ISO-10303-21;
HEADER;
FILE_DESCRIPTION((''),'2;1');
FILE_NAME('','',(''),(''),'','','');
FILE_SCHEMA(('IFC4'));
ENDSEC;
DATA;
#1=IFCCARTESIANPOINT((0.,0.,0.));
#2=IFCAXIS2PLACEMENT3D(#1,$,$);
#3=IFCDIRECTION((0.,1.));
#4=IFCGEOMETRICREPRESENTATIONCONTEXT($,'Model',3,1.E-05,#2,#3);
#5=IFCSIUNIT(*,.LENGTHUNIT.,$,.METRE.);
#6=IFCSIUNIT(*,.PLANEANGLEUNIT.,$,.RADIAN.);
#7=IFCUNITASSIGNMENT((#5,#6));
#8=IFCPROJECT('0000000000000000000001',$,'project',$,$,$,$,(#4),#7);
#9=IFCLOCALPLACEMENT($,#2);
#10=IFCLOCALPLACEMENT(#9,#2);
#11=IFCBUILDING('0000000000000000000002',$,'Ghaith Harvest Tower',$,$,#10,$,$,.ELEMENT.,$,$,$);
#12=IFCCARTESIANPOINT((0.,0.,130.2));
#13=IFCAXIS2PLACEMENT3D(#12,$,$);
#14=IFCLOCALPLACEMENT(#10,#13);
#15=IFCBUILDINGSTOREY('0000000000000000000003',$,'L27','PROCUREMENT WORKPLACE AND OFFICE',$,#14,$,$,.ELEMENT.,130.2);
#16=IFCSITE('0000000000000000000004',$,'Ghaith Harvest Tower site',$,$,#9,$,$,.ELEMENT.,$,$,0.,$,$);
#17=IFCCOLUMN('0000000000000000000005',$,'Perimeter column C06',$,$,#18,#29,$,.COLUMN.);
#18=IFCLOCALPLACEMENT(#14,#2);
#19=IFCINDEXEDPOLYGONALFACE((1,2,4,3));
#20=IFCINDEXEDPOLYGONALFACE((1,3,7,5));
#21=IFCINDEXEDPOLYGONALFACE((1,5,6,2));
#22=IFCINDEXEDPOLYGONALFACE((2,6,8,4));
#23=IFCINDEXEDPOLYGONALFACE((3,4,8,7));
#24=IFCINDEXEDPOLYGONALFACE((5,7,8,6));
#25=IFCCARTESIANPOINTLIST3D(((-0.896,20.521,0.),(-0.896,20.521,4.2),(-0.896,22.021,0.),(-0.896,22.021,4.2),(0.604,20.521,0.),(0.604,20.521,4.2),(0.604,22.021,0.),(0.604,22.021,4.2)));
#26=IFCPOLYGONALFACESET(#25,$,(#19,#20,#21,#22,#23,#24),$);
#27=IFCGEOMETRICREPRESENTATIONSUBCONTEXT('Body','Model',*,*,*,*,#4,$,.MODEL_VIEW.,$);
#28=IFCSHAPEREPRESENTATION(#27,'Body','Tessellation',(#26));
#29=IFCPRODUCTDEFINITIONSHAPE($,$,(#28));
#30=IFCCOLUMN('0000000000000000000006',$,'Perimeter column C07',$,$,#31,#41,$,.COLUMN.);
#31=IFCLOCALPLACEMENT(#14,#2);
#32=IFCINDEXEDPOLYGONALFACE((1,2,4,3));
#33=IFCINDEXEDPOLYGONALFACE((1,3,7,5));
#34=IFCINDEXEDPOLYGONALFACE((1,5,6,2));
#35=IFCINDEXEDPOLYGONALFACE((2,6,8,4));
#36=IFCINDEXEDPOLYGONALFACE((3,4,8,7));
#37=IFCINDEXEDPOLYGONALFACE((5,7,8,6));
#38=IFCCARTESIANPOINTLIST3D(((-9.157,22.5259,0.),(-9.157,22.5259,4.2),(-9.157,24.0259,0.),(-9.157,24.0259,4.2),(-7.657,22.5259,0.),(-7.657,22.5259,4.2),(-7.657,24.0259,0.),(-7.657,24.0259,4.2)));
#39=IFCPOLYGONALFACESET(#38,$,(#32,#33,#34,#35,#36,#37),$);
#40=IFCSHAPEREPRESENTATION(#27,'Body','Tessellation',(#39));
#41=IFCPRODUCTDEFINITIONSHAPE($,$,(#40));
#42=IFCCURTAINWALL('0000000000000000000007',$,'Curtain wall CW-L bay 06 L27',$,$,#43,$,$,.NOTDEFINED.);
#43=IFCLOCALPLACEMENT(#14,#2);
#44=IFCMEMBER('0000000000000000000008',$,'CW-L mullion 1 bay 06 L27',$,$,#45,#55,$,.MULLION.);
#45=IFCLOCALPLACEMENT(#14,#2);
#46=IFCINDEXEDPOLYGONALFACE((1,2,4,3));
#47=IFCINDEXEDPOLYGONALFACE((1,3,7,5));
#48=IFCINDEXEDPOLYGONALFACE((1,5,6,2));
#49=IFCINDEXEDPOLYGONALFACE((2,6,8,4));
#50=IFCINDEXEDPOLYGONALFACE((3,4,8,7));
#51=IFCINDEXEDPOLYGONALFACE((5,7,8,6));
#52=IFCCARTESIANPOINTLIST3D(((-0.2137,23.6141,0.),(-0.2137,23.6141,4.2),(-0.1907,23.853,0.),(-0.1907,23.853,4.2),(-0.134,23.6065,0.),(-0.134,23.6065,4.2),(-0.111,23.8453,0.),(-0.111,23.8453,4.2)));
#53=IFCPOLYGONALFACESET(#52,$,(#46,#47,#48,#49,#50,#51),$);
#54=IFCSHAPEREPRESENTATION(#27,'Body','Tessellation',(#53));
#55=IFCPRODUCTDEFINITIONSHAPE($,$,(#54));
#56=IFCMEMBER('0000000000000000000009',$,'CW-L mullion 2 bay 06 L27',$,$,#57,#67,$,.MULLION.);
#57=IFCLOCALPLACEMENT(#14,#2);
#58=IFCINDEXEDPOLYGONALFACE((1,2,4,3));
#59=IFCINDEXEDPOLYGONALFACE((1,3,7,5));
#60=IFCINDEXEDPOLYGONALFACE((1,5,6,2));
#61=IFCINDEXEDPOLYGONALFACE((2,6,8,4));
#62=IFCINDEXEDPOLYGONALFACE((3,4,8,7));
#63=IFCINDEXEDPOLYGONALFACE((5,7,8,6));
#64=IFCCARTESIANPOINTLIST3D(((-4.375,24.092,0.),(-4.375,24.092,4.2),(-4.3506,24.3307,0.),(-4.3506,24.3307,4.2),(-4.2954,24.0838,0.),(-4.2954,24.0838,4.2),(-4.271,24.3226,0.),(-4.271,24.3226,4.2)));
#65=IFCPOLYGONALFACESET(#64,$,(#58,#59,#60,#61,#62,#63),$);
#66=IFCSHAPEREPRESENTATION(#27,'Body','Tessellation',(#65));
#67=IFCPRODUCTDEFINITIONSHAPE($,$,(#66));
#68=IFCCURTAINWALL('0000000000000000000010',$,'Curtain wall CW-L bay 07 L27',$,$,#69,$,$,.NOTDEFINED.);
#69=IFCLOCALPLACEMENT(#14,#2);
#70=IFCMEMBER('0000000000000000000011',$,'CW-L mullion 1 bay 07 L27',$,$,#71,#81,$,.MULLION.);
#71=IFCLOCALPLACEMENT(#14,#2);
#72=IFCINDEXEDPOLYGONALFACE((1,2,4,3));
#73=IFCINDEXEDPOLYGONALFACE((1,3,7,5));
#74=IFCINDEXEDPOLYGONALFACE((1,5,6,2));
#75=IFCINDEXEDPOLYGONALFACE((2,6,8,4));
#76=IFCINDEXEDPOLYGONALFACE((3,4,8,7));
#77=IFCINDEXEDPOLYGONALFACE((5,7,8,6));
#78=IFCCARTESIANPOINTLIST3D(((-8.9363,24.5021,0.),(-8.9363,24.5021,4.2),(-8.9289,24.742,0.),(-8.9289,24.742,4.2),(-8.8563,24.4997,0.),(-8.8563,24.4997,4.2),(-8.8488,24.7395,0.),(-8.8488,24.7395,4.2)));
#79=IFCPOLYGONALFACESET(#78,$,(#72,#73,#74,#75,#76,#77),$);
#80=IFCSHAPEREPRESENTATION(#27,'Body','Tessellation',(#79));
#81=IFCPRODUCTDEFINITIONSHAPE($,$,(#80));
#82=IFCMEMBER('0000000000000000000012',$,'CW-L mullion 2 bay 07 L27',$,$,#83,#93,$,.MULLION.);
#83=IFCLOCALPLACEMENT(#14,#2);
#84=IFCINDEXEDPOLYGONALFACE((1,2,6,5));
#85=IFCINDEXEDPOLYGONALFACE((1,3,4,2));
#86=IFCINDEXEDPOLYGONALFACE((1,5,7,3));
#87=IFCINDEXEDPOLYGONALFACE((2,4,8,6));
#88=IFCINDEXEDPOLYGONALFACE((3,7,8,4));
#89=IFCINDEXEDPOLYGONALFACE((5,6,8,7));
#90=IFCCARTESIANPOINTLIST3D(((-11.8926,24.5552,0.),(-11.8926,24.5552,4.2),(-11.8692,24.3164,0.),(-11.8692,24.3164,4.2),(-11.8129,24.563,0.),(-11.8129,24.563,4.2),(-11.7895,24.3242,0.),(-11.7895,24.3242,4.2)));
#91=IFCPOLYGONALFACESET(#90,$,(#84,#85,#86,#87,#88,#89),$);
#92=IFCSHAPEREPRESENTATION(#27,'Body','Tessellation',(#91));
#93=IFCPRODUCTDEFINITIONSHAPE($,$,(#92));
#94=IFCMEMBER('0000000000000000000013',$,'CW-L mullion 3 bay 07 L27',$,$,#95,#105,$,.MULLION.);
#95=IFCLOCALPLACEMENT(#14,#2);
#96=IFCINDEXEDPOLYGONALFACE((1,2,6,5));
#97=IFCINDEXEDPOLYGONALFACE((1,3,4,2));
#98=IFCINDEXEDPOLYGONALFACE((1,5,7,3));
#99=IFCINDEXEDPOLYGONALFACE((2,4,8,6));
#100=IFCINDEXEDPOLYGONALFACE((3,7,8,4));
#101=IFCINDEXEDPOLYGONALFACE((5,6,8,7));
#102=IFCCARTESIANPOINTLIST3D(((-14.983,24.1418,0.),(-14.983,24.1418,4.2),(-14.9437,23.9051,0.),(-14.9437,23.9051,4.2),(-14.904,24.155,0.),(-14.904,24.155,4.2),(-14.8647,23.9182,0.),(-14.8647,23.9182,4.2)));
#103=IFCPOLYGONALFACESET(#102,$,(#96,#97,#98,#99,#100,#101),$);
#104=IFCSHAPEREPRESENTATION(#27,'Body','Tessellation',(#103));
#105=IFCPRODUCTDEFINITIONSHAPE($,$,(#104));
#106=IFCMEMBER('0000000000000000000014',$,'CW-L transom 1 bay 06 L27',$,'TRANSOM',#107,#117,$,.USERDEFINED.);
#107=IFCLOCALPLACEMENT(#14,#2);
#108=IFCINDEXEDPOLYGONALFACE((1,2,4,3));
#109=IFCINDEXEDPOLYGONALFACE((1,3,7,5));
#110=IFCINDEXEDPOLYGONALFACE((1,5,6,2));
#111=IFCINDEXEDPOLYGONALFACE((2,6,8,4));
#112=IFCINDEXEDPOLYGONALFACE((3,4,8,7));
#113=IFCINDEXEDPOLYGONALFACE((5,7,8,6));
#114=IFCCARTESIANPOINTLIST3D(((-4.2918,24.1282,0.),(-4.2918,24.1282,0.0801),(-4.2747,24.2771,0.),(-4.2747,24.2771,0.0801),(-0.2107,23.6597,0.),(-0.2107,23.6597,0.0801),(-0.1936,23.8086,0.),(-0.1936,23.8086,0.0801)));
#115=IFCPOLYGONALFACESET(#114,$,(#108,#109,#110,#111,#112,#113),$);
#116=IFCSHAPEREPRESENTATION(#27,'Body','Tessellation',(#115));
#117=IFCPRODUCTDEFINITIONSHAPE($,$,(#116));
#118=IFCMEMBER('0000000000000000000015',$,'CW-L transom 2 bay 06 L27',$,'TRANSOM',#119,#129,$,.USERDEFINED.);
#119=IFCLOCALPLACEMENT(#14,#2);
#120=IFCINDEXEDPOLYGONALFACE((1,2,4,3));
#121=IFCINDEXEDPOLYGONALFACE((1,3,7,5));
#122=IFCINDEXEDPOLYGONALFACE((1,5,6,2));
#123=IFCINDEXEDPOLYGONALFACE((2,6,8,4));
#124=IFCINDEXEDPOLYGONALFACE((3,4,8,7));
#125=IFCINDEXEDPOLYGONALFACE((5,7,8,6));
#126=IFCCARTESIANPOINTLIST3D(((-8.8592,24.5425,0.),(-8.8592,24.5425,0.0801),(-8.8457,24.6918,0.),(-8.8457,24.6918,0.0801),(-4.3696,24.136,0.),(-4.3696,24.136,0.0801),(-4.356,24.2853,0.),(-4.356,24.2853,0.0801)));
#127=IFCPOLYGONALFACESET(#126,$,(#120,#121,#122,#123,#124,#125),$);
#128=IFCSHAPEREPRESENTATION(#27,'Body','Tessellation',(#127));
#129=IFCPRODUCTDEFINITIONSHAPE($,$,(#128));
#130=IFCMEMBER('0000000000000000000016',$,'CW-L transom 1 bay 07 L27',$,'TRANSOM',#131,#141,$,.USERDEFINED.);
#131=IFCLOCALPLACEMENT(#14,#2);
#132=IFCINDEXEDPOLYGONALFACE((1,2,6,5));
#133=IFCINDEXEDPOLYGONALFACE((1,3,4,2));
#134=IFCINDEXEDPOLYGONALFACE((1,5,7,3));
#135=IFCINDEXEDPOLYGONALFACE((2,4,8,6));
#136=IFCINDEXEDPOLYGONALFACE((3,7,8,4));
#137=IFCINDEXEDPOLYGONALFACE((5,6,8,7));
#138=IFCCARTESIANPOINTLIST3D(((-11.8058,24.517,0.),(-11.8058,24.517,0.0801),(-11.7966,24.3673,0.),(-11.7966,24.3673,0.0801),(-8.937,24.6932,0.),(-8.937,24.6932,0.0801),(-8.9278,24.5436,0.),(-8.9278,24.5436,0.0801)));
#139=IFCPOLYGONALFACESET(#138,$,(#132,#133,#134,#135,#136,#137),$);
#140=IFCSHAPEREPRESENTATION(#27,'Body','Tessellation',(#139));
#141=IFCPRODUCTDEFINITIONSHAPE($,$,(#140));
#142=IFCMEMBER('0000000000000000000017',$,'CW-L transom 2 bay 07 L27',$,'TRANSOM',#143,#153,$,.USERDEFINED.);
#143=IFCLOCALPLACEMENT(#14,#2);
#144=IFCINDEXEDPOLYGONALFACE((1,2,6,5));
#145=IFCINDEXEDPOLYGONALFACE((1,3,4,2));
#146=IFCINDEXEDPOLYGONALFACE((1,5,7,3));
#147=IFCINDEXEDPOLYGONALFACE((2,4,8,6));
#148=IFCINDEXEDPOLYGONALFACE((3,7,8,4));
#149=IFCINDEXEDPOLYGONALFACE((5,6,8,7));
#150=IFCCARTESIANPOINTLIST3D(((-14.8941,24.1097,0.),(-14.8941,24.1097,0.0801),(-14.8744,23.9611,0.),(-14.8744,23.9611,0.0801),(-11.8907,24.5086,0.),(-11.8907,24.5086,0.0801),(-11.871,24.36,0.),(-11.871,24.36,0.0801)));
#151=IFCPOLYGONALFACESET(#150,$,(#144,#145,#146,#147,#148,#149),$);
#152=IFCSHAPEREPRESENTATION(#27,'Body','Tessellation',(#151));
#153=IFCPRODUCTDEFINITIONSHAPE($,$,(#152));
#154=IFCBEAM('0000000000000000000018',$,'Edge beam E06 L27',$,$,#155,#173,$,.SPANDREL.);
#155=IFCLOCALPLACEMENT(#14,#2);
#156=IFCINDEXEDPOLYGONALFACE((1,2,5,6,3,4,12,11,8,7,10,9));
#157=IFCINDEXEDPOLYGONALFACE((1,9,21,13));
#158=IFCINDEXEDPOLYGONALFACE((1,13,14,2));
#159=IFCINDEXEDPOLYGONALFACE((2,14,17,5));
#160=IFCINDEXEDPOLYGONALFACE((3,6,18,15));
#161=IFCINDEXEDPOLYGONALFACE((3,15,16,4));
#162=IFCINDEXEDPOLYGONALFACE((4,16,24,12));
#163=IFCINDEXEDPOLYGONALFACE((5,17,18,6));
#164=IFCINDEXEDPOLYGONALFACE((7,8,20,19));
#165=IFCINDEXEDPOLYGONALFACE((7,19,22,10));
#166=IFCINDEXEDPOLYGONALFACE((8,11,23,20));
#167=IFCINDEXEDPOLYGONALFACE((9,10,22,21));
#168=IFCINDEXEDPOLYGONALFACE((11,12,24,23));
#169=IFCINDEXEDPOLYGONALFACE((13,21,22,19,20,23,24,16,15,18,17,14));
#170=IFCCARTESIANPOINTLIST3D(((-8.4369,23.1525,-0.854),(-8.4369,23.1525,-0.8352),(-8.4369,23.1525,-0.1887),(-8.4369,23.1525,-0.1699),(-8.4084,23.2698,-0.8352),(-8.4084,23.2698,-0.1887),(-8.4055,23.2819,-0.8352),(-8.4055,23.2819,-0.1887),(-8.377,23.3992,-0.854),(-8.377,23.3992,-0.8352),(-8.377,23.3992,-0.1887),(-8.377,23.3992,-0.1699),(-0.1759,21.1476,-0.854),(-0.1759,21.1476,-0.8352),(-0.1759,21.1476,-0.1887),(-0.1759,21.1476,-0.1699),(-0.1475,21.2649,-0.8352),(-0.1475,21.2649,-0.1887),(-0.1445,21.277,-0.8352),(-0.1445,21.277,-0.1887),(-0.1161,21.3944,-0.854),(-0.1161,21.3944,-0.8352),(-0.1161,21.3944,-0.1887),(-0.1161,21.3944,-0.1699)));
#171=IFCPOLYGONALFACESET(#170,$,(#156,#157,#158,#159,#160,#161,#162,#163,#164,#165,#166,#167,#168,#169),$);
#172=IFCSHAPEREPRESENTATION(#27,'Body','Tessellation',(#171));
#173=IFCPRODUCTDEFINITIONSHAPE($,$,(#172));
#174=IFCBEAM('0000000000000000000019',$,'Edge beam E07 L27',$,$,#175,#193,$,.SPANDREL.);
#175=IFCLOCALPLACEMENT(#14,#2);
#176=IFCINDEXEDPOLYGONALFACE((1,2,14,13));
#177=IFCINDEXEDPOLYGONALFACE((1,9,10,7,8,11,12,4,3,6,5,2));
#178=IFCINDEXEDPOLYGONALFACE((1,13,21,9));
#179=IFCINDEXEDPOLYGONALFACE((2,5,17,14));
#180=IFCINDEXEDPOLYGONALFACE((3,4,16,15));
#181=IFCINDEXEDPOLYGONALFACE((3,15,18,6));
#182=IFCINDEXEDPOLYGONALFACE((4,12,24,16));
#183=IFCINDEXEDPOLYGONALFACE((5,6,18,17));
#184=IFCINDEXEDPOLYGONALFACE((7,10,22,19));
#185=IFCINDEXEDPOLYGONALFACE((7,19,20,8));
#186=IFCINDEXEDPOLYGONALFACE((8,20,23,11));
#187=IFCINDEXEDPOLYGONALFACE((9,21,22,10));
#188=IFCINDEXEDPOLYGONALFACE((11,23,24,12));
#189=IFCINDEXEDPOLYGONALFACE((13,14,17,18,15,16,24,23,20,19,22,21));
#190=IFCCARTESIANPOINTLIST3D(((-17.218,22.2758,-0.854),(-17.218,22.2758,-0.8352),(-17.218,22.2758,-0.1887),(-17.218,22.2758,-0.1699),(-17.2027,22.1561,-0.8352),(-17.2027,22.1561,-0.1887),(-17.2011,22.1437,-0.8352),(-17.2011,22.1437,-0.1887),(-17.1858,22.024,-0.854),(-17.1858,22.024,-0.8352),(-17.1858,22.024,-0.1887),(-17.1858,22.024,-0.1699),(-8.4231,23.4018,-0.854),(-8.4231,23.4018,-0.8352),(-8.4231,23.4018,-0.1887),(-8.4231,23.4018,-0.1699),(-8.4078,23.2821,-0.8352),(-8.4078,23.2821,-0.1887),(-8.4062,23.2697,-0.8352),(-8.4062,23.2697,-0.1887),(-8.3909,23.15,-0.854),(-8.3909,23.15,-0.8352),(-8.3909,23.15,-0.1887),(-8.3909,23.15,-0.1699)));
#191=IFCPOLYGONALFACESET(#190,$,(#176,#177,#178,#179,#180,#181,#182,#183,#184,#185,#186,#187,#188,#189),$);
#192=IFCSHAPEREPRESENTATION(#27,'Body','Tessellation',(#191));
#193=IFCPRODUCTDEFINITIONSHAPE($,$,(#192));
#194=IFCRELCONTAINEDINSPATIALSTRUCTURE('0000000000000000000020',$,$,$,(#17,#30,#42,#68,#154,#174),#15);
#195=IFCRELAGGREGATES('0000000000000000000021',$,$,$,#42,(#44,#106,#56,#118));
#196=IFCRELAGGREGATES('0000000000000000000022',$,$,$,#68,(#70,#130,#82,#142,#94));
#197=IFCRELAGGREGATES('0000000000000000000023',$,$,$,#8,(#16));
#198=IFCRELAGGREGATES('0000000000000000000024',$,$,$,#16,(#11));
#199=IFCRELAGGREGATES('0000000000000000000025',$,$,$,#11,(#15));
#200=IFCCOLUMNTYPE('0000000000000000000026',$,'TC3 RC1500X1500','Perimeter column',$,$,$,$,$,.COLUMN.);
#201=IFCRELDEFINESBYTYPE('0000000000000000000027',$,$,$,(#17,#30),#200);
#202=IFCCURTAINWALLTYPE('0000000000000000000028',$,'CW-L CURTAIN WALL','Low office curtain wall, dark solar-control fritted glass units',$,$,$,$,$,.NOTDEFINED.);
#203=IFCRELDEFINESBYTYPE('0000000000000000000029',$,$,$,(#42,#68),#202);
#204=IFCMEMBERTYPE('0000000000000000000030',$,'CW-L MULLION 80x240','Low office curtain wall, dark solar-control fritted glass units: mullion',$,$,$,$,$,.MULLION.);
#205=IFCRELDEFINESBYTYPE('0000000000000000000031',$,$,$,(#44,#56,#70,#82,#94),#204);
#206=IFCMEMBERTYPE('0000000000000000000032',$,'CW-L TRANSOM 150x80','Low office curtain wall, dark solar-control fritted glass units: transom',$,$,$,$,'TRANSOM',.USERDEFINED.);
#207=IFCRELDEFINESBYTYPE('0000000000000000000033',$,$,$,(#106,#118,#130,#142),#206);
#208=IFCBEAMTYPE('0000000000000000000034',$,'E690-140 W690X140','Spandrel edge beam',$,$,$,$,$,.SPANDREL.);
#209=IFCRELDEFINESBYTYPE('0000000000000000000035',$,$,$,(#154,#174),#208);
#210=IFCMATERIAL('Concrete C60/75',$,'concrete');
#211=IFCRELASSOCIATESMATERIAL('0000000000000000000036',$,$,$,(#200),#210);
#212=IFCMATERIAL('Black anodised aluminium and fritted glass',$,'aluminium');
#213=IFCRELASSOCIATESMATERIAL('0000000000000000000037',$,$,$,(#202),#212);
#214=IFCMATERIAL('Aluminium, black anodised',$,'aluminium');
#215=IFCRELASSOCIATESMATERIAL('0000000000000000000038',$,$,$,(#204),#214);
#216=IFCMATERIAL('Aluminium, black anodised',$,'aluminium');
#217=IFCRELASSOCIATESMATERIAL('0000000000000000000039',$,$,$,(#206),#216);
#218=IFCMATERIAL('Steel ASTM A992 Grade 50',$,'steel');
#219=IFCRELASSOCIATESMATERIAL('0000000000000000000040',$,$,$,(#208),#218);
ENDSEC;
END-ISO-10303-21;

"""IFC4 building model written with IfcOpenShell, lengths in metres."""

from ifc_helpers import new_model, si_unit, direction, frame, origin, origin_2d, place, context, subcontext, project, spatial, rectangle, i_section, extrude, material, material_profile, profile_set, type_object, element, aggregate, save


model = new_model("IFC4")

# Units and contexts
model_context = context("Model", 3, precision=1e-05, world=origin(), true_north=direction((0.0, 1.0)))
body_context = subcontext(model_context, "Body", "Model", "MODEL_VIEW")
ifc_project = project(units=[si_unit("LENGTHUNIT", "METRE"), si_unit("PLANEANGLEUNIT", "RADIAN")], contexts=[model_context])

# Site, building, storey
site_placement = place(None, origin())
site = spatial("IfcSite", under=ifc_project, at=site_placement, Name="Ghaith Harvest Tower site", CompositionType="ELEMENT", RefElevation=0.0)
building_placement = place(site_placement, origin())
building = spatial("IfcBuilding", under=site, at=building_placement, Name="Ghaith Harvest Tower", CompositionType="ELEMENT")
storey_placement = place(building_placement, frame((0.0, 0.0, 130.2)))
storey = spatial("IfcBuildingStorey", under=building, at=storey_placement, Name="L27", Description="PROCUREMENT WORKPLACE AND OFFICE", CompositionType="ELEMENT", Elevation=130.2)

# Columns
ifc_material_1 = material(Name="Concrete C60/75", Category="concrete")
ifc_material_profile_1 = material_profile(ifc_material_1, rectangle(XDim=1.5, YDim=1.5, at=origin_2d()), Name="RC1500X1500")
ifc_profile_set_1 = profile_set([ifc_material_profile_1], Name="Concrete C60/75")
column_type = type_object("IfcColumnType", Name="TC3 RC1500X1500", Description="Perimeter column", PredefinedType="COLUMN", material=ifc_profile_set_1)
for number, where, z_axis, x_axis, name in (
    (1, (-0.146, 21.271, 0.0), (0.0, 0.0, 1.0), (1.0, 0.0, 0.0), "Perimeter column C06"),
    (2, (-8.407, 23.2759, 0.0), (0.0, 0.0, 1.0), (1.0, 0.0, 0.0), "Perimeter column C07"),
):
    element("IfcColumn", number, at=place(storey_placement, frame(where, z_axis=z_axis, x_axis=x_axis)), inside=storey, type_object=column_type, Name=name, PredefinedType="COLUMN", context=body_context, shape_type="SweptSolid", body=[
        extrude(rectangle(XDim=1.5, YDim=1.5, at=origin_2d()), origin(), (0.0, 0.0, 1.0), 4.2),
    ])

# Curtain walls, members
ifc_material_2 = material(Name="Black anodised aluminium and fritted glass", Category="aluminium")
curtain_wall_type = type_object("IfcCurtainWallType", Name="CW-L CURTAIN WALL", Description="Low office curtain wall, dark solar-control fritted glass units", PredefinedType="NOTDEFINED", material=ifc_material_2)
curtain_wall_1_placement = place(storey_placement, origin())
curtain_wall_1 = element("IfcCurtainWall", 3, at=curtain_wall_1_placement, inside=storey, type_object=curtain_wall_type, Name="Curtain wall CW-L bay 06 L27", PredefinedType="NOTDEFINED")
ifc_material_3 = material(Name="Aluminium, black anodised", Category="aluminium")
ifc_material_profile_2 = material_profile(ifc_material_3, rectangle(XDim=0.0801, YDim=0.24, at=origin_2d()), Name="CW-L MULLION 80x240")
ifc_profile_set_2 = profile_set([ifc_material_profile_2], Name="Aluminium, black anodised")
member_type_1 = type_object("IfcMemberType", Name="CW-L MULLION 80x240", Description="Low office curtain wall, dark solar-control fritted glass units: mullion", PredefinedType="MULLION", material=ifc_profile_set_2)
member_1_placement = place(storey_placement, frame((-0.1624, 23.7297, 0.0), z_axis=(0.0, 0.0, 1.0), x_axis=(-0.995388, 0.09593, 0.0)))
member_1 = element("IfcMember", 4, at=member_1_placement, type_object=member_type_1, Name="CW-L mullion 1 bay 06 L27", PredefinedType="MULLION", context=body_context, shape_type="SweptSolid", body=[
    extrude(rectangle(XDim=0.0801, YDim=0.24, at=origin_2d()), origin(), (0.0, 0.0, 1.0), 4.2),
])
member_2_placement = place(storey_placement, frame((-4.323, 24.2073, 0.0), z_axis=(0.0, 0.0, 1.0), x_axis=(-0.99483, 0.101551, 0.0)))
member_2 = element("IfcMember", 5, at=member_2_placement, type_object=member_type_1, Name="CW-L mullion 2 bay 06 L27", PredefinedType="MULLION", context=body_context, shape_type="SweptSolid", body=[
    extrude(rectangle(XDim=0.0801, YDim=0.24, at=origin_2d()), origin(), (0.0, 0.0, 1.0), 4.2),
])
curtain_wall_2_placement = place(storey_placement, origin())
curtain_wall_2 = element("IfcCurtainWall", 6, at=curtain_wall_2_placement, inside=storey, type_object=curtain_wall_type, Name="Curtain wall CW-L bay 07 L27", PredefinedType="NOTDEFINED")
member_3_placement = place(storey_placement, frame((-8.8926, 24.6208, 0.0), z_axis=(0.0, 0.0, 1.0), x_axis=(-0.999522, 0.030909, 0.0)))
member_3 = element("IfcMember", 7, at=member_3_placement, type_object=member_type_1, Name="CW-L mullion 1 bay 07 L27", PredefinedType="MULLION", context=body_context, shape_type="SweptSolid", body=[
    extrude(rectangle(XDim=0.0801, YDim=0.24, at=origin_2d()), origin(), (0.0, 0.0, 1.0), 4.2),
])
member_4_placement = place(storey_placement, frame((-11.8411, 24.4397, 0.0), z_axis=(0.0, 0.0, 1.0), x_axis=(-0.995238, -0.09748, 0.0)))
member_4 = element("IfcMember", 8, at=member_4_placement, type_object=member_type_1, Name="CW-L mullion 2 bay 07 L27", PredefinedType="MULLION", context=body_context, shape_type="SweptSolid", body=[
    extrude(rectangle(XDim=0.0801, YDim=0.24, at=origin_2d()), origin(), (0.0, 0.0, 1.0), 4.2),
])
member_5_placement = place(storey_placement, frame((-14.9238, 24.03, 0.0), z_axis=(0.0, 0.0, 1.0), x_axis=(-0.986495, -0.163794, 0.0)))
member_5 = element("IfcMember", 9, at=member_5_placement, type_object=member_type_1, Name="CW-L mullion 3 bay 07 L27", PredefinedType="MULLION", context=body_context, shape_type="SweptSolid", body=[
    extrude(rectangle(XDim=0.0801, YDim=0.24, at=origin_2d()), origin(), (0.0, 0.0, 1.0), 4.2),
])

# Members
ifc_material_4 = material(Name="Aluminium, black anodised", Category="aluminium")
ifc_material_profile_3 = material_profile(ifc_material_4, rectangle(XDim=0.1499, YDim=0.0801, at=origin_2d()), Name="CW-L TRANSOM 150x80")
ifc_profile_set_3 = profile_set([ifc_material_profile_3], Name="Aluminium, black anodised")
member_type_2 = type_object("IfcMemberType", Name="CW-L TRANSOM 150x80", Description="Low office curtain wall, dark solar-control fritted glass units: transom", ElementType="TRANSOM", PredefinedType="USERDEFINED", material=ifc_profile_set_3)
member_6_placement = place(storey_placement, frame((-0.2021, 23.7341, 0.04), z_axis=(-0.993475, 0.114051, 0.0), x_axis=(-0.114051, -0.993475, 0.0)))
member_6 = element("IfcMember", 10, at=member_6_placement, type_object=member_type_2, Name="CW-L transom 1 bay 06 L27", ObjectType="TRANSOM", PredefinedType="USERDEFINED", context=body_context, shape_type="SweptSolid", body=[
    extrude(rectangle(XDim=0.1499, YDim=0.0801, at=origin_2d()), origin(), (0.0, 0.0, 1.0), 4.1079),
])
member_7_placement = place(storey_placement, frame((-4.3628, 24.2107, 0.04), z_axis=(-0.995926, 0.09017, 0.0), x_axis=(-0.09017, -0.995926, 0.0)))
member_7 = element("IfcMember", 11, at=member_7_placement, type_object=member_type_2, Name="CW-L transom 2 bay 06 L27", ObjectType="TRANSOM", PredefinedType="USERDEFINED", context=body_context, shape_type="SweptSolid", body=[
    extrude(rectangle(XDim=0.1499, YDim=0.0801, at=origin_2d()), origin(), (0.0, 0.0, 1.0), 4.5081),
])
member_8_placement = place(storey_placement, frame((-8.9324, 24.6184, 0.04), z_axis=(-0.998118, -0.061326, 0.0), x_axis=(0.061326, -0.998118, 0.0)))
member_8 = element("IfcMember", 12, at=member_8_placement, type_object=member_type_2, Name="CW-L transom 1 bay 07 L27", ObjectType="TRANSOM", PredefinedType="USERDEFINED", context=body_context, shape_type="SweptSolid", body=[
    extrude(rectangle(XDim=0.1499, YDim=0.0801, at=origin_2d()), origin(), (0.0, 0.0, 1.0), 2.8743),
])
member_9_placement = place(storey_placement, frame((-11.8809, 24.4343, 0.04), z_axis=(-0.991294, -0.131668, 0.0), x_axis=(0.131668, -0.991294, 0.0)))
member_9 = element("IfcMember", 13, at=member_9_placement, type_object=member_type_2, Name="CW-L transom 2 bay 07 L27", ObjectType="TRANSOM", PredefinedType="USERDEFINED", context=body_context, shape_type="SweptSolid", body=[
    extrude(rectangle(XDim=0.1499, YDim=0.0801, at=origin_2d()), origin(), (0.0, 0.0, 1.0), 3.0298),
])

# Beams
ifc_material_5 = material(Name="Steel ASTM A992 Grade 50", Category="steel")
ifc_material_profile_4 = material_profile(ifc_material_5, i_section(OverallWidth=0.2539, OverallDepth=0.6841, WebThickness=0.0125, FlangeThickness=0.0188, at=origin_2d()), Name="W690X140")
ifc_profile_set_4 = profile_set([ifc_material_profile_4], Name="Steel ASTM A992 Grade 50")
beam_type_1 = type_object("IfcBeamType", Name="E690-140 W690X140", Description="Spandrel edge beam", PredefinedType="SPANDREL", material=ifc_profile_set_4)
beam_1_placement = place(storey_placement, frame((-0.146, 21.271, -0.512), z_axis=(-0.97179, 0.235847, 0.0), x_axis=(-0.235847, -0.97179, 0.0)))
element("IfcBeam", 14, at=beam_1_placement, inside=storey, type_object=beam_type_1, Name="Edge beam E06 L27", PredefinedType="SPANDREL", context=body_context, shape_type="SweptSolid", body=[
    extrude(i_section(OverallWidth=0.2539, OverallDepth=0.6841, WebThickness=0.0125, FlangeThickness=0.0188, at=origin_2d()), origin(), (0.0, 0.0, 1.0), 8.5007),
])
beam_2_placement = place(storey_placement, frame((-8.407, 23.2759, -0.512), z_axis=(-0.991904, -0.126989, 0.0), x_axis=(0.126989, -0.991904, 0.0)))
element("IfcBeam", 15, at=beam_2_placement, inside=storey, type_object=beam_type_1, Name="Edge beam E07 L27", PredefinedType="SPANDREL", context=body_context, shape_type="SweptSolid", body=[
    extrude(i_section(OverallWidth=0.2539, OverallDepth=0.6841, WebThickness=0.0125, FlangeThickness=0.0188, at=origin_2d()), origin(), (0.0, 0.0, 1.0), 8.8667),
])

aggregate(curtain_wall_1, [member_1, member_6, member_2, member_7])
aggregate(curtain_wall_2, [member_3, member_8, member_4, member_9, member_5])

save(model, "model.ifc")
